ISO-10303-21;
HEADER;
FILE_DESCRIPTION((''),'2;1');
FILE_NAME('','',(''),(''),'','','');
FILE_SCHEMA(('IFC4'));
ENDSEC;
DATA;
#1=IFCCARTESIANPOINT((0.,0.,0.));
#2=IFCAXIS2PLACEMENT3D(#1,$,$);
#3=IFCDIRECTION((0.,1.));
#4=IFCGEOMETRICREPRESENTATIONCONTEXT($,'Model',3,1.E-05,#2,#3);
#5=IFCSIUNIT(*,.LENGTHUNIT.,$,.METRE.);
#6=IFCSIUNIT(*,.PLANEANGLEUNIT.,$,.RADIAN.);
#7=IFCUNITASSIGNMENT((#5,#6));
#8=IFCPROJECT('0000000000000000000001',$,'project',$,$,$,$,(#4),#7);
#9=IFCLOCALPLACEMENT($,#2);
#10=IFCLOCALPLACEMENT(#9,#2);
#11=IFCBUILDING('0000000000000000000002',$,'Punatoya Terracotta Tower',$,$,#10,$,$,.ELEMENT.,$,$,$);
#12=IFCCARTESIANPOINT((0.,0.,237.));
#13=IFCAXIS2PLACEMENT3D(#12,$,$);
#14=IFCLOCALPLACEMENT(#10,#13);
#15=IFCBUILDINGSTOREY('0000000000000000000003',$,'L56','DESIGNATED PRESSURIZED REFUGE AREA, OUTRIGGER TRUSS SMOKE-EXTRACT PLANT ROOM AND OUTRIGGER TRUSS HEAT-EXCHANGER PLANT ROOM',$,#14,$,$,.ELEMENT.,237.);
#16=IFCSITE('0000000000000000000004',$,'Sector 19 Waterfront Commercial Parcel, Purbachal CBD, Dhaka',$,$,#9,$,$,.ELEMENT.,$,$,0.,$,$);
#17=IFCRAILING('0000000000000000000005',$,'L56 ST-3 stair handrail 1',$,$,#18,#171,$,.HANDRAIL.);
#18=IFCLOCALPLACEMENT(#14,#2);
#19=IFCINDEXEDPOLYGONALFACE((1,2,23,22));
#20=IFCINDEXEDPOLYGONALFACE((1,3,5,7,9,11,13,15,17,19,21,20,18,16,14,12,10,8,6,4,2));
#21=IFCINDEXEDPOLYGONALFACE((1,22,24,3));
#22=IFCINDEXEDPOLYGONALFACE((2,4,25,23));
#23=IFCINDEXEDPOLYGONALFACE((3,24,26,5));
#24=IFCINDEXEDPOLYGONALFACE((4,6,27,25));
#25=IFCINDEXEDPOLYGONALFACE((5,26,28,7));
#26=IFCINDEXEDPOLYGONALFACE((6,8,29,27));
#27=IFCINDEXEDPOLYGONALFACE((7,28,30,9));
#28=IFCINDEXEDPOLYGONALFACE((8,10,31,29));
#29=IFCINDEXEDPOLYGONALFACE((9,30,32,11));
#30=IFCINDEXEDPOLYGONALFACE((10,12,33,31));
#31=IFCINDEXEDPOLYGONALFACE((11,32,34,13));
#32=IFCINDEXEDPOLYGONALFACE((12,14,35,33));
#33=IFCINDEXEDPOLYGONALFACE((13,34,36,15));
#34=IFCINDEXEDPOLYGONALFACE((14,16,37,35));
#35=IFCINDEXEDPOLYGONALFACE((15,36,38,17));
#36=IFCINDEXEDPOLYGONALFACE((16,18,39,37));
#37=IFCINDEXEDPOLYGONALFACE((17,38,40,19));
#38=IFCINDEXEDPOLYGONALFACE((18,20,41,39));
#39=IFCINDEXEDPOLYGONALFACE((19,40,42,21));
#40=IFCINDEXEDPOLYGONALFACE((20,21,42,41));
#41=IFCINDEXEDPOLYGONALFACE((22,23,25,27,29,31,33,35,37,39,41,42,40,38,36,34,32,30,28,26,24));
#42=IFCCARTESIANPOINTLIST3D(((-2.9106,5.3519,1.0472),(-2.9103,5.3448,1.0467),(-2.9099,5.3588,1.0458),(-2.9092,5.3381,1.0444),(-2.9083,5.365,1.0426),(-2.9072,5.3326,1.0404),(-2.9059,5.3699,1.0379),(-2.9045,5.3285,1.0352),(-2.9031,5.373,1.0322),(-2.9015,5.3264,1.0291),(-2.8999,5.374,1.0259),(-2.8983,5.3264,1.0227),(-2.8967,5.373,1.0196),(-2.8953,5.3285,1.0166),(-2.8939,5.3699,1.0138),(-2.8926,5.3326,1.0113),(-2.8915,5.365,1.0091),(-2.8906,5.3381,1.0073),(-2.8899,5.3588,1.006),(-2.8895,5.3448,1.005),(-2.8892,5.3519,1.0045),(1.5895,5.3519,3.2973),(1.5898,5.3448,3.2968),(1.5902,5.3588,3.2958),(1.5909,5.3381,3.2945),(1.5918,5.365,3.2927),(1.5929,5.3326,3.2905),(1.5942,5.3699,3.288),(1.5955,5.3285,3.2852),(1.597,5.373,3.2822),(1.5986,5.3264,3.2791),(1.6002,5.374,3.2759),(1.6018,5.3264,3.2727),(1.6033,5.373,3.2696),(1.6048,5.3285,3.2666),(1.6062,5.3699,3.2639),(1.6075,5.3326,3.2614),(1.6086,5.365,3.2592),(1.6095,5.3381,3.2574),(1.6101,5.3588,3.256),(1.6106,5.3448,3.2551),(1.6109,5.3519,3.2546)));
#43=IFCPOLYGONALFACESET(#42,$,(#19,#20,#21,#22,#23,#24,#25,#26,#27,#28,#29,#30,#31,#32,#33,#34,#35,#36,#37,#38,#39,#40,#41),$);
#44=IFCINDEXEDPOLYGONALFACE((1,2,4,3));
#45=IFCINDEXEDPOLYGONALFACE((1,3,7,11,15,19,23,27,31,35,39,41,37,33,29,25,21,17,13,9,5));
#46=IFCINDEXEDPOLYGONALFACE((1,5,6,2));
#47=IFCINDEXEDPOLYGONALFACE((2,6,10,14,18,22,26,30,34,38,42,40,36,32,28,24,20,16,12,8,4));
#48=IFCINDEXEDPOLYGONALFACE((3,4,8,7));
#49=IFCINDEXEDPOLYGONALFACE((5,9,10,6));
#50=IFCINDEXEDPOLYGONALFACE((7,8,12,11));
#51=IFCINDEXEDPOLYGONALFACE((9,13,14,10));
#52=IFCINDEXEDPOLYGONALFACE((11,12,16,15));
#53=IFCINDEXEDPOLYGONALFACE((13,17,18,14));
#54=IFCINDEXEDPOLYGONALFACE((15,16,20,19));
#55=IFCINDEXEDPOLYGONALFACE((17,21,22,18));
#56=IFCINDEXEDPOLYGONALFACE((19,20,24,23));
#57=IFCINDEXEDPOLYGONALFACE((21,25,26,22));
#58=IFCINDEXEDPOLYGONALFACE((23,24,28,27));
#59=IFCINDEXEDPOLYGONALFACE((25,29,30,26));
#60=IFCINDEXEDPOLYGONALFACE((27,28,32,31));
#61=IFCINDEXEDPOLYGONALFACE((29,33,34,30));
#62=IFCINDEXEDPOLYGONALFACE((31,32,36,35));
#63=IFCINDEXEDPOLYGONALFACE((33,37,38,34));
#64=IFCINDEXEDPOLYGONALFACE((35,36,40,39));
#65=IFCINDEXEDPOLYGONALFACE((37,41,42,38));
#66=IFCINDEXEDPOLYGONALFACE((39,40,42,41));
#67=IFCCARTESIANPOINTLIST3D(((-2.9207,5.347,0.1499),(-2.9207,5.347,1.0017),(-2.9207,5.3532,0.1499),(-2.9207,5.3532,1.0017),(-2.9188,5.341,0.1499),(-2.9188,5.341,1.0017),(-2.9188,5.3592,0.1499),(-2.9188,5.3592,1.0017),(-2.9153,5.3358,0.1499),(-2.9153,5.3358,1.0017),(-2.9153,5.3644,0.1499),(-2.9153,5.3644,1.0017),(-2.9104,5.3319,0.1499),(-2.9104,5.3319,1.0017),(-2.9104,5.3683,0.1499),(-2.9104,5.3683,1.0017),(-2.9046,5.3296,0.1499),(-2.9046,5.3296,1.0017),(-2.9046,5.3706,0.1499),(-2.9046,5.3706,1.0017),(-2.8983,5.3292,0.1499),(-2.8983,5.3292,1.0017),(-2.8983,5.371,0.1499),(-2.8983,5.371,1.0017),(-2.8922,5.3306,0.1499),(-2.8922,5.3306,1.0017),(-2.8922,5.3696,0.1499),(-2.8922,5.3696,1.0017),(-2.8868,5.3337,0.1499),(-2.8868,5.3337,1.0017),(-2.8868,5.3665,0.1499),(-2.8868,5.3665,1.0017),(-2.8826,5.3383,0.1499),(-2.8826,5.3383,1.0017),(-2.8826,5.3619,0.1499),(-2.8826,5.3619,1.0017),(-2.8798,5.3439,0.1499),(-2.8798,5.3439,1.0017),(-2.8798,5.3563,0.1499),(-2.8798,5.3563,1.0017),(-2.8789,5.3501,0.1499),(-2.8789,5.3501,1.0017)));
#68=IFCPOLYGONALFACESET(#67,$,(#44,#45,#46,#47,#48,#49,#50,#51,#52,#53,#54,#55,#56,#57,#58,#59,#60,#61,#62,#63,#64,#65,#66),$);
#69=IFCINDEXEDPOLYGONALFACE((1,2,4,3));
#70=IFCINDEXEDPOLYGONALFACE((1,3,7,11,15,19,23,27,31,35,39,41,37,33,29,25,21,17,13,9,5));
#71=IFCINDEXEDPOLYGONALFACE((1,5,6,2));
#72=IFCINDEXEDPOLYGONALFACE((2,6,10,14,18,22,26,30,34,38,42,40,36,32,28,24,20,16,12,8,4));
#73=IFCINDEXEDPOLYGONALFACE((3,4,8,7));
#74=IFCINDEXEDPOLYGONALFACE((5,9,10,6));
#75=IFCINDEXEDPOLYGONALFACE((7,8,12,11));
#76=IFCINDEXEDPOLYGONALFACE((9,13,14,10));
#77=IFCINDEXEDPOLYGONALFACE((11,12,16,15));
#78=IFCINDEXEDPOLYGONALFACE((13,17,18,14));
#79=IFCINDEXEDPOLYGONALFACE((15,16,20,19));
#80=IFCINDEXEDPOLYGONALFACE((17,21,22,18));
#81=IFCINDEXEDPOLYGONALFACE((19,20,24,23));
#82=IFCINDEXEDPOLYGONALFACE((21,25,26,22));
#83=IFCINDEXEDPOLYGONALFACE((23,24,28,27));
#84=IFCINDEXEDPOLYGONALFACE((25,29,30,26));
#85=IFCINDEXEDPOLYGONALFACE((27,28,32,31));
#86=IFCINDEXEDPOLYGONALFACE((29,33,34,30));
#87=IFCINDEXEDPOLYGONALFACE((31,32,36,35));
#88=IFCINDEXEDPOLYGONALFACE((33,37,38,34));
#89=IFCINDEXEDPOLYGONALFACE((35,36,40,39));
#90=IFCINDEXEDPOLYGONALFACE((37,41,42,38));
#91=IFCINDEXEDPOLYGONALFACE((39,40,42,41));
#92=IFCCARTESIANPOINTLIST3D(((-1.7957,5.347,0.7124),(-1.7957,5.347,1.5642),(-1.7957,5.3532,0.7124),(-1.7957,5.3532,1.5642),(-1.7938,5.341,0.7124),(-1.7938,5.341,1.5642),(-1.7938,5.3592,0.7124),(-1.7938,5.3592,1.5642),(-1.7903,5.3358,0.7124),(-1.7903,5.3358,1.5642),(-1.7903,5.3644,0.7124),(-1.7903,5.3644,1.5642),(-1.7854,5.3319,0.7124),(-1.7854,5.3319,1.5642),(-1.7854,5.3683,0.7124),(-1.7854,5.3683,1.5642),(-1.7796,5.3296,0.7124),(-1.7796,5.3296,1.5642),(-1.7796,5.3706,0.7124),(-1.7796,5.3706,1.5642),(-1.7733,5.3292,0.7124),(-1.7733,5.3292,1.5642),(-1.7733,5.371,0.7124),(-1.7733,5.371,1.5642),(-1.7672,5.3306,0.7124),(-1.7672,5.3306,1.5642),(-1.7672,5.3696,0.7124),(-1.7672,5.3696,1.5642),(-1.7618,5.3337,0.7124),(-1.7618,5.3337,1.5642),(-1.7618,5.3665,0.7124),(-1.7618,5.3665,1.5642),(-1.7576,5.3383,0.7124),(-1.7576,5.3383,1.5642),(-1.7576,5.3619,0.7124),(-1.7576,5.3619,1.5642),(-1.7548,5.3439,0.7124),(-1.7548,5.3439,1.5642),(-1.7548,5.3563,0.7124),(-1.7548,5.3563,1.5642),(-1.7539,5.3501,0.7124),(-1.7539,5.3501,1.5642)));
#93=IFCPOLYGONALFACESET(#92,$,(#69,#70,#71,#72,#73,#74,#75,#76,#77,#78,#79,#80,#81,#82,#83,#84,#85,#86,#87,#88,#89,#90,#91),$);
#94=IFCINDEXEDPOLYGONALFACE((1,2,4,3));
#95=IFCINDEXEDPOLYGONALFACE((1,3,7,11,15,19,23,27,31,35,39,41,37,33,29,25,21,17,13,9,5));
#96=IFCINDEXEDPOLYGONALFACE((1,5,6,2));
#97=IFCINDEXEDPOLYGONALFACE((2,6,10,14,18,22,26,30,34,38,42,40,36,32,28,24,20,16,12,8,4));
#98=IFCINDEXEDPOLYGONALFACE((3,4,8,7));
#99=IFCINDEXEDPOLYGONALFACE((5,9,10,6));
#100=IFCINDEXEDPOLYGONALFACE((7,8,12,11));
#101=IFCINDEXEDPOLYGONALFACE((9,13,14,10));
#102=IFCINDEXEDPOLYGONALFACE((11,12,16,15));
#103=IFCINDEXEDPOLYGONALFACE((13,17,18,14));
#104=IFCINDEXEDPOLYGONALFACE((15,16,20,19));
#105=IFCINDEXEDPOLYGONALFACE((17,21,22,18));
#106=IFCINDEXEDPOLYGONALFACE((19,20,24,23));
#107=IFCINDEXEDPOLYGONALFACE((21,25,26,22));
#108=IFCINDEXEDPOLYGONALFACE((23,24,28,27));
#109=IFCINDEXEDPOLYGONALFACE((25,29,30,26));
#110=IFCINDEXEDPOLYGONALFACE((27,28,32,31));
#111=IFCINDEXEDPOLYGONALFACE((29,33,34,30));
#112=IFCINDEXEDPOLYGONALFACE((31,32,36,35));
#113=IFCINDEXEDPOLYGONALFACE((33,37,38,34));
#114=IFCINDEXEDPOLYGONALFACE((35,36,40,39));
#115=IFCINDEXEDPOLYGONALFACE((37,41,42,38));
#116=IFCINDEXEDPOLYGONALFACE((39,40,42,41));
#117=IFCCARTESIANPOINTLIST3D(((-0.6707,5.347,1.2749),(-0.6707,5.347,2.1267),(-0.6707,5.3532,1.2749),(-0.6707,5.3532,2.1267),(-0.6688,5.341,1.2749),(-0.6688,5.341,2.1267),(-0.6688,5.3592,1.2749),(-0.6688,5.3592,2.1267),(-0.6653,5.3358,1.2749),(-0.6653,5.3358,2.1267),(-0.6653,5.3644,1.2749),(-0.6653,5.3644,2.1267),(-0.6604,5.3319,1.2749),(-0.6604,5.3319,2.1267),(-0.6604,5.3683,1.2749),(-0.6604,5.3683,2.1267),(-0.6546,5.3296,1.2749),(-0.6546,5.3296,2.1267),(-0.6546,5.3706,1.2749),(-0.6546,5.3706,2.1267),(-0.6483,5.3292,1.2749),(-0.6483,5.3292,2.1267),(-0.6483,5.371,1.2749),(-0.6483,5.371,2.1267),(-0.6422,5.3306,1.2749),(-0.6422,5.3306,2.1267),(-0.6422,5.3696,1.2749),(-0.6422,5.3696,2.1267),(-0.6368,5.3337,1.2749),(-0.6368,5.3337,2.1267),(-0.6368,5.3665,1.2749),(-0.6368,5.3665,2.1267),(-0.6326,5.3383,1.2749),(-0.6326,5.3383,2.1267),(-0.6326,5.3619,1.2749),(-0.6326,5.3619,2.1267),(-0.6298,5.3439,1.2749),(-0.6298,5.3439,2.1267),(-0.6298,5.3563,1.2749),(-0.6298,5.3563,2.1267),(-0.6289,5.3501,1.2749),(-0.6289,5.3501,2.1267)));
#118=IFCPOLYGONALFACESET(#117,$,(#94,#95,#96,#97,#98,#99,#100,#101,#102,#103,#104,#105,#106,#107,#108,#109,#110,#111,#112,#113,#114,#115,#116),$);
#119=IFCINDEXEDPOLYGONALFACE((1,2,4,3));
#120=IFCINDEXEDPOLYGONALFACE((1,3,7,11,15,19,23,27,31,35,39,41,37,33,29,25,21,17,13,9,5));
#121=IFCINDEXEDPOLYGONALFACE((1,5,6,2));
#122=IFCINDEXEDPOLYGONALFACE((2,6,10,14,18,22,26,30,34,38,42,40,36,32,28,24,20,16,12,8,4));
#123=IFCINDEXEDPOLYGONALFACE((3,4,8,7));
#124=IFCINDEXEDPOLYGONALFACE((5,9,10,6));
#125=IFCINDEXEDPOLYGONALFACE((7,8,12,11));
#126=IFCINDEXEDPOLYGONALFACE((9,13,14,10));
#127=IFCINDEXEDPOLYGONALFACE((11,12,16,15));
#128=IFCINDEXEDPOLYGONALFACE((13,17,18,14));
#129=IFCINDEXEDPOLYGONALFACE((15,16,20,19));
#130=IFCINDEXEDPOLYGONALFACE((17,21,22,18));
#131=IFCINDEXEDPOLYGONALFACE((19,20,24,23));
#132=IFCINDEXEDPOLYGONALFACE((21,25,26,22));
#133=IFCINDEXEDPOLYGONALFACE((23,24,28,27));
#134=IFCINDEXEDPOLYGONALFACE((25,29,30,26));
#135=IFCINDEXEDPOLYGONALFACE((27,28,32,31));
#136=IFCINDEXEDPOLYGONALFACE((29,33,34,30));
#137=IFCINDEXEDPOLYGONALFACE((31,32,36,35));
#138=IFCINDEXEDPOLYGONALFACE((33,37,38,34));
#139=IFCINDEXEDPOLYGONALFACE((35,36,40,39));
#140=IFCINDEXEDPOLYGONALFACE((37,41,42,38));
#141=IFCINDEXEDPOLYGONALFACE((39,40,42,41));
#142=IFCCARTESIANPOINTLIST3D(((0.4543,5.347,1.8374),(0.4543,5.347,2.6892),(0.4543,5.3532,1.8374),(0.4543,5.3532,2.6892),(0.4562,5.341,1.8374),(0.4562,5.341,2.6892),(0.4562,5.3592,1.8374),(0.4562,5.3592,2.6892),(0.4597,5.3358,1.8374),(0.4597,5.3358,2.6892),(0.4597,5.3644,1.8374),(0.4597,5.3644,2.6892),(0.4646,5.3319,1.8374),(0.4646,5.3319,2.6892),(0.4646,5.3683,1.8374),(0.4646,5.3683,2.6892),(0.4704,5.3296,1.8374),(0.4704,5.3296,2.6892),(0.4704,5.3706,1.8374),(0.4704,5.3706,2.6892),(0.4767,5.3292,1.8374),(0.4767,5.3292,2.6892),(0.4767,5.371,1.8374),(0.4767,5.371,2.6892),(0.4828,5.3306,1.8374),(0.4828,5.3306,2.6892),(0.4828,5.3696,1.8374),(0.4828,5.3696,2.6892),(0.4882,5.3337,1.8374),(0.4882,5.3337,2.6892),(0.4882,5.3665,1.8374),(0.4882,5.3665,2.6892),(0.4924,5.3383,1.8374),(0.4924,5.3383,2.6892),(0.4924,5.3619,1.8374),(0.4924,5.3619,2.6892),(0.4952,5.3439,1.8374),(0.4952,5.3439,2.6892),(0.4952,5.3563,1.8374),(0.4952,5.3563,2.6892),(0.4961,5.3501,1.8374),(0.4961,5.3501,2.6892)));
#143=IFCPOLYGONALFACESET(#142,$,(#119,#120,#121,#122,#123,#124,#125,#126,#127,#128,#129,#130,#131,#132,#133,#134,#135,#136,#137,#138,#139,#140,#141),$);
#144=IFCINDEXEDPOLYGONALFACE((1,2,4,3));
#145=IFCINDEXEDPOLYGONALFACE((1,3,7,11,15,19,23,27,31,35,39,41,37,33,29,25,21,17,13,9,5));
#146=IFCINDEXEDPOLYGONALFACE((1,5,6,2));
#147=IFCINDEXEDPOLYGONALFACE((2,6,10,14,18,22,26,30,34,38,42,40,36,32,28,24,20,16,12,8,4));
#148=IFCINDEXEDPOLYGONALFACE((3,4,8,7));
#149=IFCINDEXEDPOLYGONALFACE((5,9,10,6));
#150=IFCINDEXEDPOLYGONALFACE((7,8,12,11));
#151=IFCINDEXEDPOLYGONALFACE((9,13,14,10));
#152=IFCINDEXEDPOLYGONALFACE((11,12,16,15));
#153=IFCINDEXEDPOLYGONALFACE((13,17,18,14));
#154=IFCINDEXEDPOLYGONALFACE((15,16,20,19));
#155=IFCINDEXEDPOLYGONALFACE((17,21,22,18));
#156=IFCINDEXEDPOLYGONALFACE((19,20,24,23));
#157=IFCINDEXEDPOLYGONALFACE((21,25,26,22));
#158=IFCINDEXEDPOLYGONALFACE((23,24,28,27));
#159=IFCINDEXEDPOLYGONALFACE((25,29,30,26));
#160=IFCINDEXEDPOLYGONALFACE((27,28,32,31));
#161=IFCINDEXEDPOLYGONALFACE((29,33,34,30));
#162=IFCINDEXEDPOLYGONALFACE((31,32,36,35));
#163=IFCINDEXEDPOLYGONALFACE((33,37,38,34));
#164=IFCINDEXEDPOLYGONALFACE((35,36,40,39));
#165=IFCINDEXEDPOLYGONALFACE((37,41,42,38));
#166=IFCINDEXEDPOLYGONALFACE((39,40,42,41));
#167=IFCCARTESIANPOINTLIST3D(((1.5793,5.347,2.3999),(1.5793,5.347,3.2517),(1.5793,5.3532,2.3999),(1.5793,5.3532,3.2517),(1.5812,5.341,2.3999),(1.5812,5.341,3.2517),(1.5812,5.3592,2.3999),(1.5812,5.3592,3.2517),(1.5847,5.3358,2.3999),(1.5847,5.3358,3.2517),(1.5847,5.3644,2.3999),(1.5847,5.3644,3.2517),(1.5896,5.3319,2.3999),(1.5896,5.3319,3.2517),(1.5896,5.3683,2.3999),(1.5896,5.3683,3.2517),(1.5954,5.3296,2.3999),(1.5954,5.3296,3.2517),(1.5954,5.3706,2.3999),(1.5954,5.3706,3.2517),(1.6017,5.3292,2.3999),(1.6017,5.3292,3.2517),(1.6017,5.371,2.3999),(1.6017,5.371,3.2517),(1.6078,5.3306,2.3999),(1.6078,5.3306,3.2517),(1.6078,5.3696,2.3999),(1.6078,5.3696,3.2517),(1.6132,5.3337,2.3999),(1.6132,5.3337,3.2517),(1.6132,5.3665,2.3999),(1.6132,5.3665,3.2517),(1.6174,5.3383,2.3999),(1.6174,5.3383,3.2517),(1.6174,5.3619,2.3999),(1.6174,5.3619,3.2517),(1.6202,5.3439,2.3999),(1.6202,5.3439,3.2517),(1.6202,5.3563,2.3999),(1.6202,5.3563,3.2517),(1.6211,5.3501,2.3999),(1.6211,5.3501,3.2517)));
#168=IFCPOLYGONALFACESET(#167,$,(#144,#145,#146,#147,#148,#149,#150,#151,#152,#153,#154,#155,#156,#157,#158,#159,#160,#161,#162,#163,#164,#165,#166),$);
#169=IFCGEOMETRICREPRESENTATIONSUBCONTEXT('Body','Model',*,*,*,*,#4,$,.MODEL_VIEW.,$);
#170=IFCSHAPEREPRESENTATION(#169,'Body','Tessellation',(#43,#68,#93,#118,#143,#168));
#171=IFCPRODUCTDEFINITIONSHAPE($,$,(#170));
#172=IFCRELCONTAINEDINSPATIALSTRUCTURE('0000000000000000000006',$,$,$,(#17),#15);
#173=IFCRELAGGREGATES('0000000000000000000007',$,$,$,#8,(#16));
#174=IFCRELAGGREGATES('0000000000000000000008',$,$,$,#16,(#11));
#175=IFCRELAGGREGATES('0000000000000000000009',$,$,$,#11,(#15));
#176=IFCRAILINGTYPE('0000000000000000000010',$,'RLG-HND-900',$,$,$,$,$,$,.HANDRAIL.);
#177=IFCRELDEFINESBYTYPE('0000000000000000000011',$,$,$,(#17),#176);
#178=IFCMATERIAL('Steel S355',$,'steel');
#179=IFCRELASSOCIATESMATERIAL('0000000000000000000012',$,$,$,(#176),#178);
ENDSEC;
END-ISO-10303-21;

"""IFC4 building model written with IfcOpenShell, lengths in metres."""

from ifc_helpers import new_model, si_unit, direction, frame, origin, origin_2d, place, context, subcontext, project, spatial, circle, extrude, material, type_object, element, save


model = new_model("IFC4")

# Units and contexts
model_context = context("Model", 3, precision=1e-05, world=origin(), true_north=direction((0.0, 1.0)))
body_context = subcontext(model_context, "Body", "Model", "MODEL_VIEW")
ifc_project = project(units=[si_unit("LENGTHUNIT", "METRE"), si_unit("PLANEANGLEUNIT", "RADIAN")], contexts=[model_context])

# Site, building, storey
site_placement = place(None, origin())
site = spatial("IfcSite", under=ifc_project, at=site_placement, Name="Sector 19 Waterfront Commercial Parcel, Purbachal CBD, Dhaka", CompositionType="ELEMENT", RefElevation=0.0)
building_placement = place(site_placement, origin())
building = spatial("IfcBuilding", under=site, at=building_placement, Name="Punatoya Terracotta Tower", CompositionType="ELEMENT")
storey_placement = place(building_placement, frame((0.0, 0.0, 237.0)))
storey = spatial("IfcBuildingStorey", under=building, at=storey_placement, Name="L56", Description="DESIGNATED PRESSURIZED REFUGE AREA, OUTRIGGER TRUSS SMOKE-EXTRACT PLANT ROOM AND OUTRIGGER TRUSS HEAT-EXCHANGER PLANT ROOM", CompositionType="ELEMENT", Elevation=237.0)

# Shared definitions
ifc_material_1 = material(Name="Steel S355", Category="steel")

# Railing
railing_type_1 = type_object("IfcRailingType", Name="RLG-HND-900", PredefinedType="HANDRAIL", material=ifc_material_1)
railing_1_placement = place(storey_placement, frame((-2.8999, 5.3501, 0.1499)))
element("IfcRailing", 1, at=railing_1_placement, inside=storey, type_object=railing_type_1, Name="L56 ST-3 stair handrail 1", PredefinedType="HANDRAIL", context=body_context, shape_type="SweptSolid", body=[
    extrude(circle(Radius=0.0239, at=origin_2d()), frame((0.0, 0.0, 0.876), z_axis=(0.894427, 0.0, 0.447214), x_axis=(0.0, 1.0, 0.0)), (0.0, 0.0, 1.0), 5.0312),
    extrude(circle(Radius=0.021, at=origin_2d()), origin(), (0.0, 0.0, 1.0), 0.8518),
    extrude(circle(Radius=0.021, at=origin_2d()), frame((1.125, 0.0, 0.5625)), (0.0, 0.0, 1.0), 0.8518),
    extrude(circle(Radius=0.021, at=origin_2d()), frame((2.25, 0.0, 1.125)), (0.0, 0.0, 1.0), 0.8518),
    extrude(circle(Radius=0.021, at=origin_2d()), frame((3.375, 0.0, 1.6875)), (0.0, 0.0, 1.0), 0.8518),
    extrude(circle(Radius=0.021, at=origin_2d()), frame((4.5, 0.0, 2.25)), (0.0, 0.0, 1.0), 0.8518),
])

save(model, "model.ifc")
